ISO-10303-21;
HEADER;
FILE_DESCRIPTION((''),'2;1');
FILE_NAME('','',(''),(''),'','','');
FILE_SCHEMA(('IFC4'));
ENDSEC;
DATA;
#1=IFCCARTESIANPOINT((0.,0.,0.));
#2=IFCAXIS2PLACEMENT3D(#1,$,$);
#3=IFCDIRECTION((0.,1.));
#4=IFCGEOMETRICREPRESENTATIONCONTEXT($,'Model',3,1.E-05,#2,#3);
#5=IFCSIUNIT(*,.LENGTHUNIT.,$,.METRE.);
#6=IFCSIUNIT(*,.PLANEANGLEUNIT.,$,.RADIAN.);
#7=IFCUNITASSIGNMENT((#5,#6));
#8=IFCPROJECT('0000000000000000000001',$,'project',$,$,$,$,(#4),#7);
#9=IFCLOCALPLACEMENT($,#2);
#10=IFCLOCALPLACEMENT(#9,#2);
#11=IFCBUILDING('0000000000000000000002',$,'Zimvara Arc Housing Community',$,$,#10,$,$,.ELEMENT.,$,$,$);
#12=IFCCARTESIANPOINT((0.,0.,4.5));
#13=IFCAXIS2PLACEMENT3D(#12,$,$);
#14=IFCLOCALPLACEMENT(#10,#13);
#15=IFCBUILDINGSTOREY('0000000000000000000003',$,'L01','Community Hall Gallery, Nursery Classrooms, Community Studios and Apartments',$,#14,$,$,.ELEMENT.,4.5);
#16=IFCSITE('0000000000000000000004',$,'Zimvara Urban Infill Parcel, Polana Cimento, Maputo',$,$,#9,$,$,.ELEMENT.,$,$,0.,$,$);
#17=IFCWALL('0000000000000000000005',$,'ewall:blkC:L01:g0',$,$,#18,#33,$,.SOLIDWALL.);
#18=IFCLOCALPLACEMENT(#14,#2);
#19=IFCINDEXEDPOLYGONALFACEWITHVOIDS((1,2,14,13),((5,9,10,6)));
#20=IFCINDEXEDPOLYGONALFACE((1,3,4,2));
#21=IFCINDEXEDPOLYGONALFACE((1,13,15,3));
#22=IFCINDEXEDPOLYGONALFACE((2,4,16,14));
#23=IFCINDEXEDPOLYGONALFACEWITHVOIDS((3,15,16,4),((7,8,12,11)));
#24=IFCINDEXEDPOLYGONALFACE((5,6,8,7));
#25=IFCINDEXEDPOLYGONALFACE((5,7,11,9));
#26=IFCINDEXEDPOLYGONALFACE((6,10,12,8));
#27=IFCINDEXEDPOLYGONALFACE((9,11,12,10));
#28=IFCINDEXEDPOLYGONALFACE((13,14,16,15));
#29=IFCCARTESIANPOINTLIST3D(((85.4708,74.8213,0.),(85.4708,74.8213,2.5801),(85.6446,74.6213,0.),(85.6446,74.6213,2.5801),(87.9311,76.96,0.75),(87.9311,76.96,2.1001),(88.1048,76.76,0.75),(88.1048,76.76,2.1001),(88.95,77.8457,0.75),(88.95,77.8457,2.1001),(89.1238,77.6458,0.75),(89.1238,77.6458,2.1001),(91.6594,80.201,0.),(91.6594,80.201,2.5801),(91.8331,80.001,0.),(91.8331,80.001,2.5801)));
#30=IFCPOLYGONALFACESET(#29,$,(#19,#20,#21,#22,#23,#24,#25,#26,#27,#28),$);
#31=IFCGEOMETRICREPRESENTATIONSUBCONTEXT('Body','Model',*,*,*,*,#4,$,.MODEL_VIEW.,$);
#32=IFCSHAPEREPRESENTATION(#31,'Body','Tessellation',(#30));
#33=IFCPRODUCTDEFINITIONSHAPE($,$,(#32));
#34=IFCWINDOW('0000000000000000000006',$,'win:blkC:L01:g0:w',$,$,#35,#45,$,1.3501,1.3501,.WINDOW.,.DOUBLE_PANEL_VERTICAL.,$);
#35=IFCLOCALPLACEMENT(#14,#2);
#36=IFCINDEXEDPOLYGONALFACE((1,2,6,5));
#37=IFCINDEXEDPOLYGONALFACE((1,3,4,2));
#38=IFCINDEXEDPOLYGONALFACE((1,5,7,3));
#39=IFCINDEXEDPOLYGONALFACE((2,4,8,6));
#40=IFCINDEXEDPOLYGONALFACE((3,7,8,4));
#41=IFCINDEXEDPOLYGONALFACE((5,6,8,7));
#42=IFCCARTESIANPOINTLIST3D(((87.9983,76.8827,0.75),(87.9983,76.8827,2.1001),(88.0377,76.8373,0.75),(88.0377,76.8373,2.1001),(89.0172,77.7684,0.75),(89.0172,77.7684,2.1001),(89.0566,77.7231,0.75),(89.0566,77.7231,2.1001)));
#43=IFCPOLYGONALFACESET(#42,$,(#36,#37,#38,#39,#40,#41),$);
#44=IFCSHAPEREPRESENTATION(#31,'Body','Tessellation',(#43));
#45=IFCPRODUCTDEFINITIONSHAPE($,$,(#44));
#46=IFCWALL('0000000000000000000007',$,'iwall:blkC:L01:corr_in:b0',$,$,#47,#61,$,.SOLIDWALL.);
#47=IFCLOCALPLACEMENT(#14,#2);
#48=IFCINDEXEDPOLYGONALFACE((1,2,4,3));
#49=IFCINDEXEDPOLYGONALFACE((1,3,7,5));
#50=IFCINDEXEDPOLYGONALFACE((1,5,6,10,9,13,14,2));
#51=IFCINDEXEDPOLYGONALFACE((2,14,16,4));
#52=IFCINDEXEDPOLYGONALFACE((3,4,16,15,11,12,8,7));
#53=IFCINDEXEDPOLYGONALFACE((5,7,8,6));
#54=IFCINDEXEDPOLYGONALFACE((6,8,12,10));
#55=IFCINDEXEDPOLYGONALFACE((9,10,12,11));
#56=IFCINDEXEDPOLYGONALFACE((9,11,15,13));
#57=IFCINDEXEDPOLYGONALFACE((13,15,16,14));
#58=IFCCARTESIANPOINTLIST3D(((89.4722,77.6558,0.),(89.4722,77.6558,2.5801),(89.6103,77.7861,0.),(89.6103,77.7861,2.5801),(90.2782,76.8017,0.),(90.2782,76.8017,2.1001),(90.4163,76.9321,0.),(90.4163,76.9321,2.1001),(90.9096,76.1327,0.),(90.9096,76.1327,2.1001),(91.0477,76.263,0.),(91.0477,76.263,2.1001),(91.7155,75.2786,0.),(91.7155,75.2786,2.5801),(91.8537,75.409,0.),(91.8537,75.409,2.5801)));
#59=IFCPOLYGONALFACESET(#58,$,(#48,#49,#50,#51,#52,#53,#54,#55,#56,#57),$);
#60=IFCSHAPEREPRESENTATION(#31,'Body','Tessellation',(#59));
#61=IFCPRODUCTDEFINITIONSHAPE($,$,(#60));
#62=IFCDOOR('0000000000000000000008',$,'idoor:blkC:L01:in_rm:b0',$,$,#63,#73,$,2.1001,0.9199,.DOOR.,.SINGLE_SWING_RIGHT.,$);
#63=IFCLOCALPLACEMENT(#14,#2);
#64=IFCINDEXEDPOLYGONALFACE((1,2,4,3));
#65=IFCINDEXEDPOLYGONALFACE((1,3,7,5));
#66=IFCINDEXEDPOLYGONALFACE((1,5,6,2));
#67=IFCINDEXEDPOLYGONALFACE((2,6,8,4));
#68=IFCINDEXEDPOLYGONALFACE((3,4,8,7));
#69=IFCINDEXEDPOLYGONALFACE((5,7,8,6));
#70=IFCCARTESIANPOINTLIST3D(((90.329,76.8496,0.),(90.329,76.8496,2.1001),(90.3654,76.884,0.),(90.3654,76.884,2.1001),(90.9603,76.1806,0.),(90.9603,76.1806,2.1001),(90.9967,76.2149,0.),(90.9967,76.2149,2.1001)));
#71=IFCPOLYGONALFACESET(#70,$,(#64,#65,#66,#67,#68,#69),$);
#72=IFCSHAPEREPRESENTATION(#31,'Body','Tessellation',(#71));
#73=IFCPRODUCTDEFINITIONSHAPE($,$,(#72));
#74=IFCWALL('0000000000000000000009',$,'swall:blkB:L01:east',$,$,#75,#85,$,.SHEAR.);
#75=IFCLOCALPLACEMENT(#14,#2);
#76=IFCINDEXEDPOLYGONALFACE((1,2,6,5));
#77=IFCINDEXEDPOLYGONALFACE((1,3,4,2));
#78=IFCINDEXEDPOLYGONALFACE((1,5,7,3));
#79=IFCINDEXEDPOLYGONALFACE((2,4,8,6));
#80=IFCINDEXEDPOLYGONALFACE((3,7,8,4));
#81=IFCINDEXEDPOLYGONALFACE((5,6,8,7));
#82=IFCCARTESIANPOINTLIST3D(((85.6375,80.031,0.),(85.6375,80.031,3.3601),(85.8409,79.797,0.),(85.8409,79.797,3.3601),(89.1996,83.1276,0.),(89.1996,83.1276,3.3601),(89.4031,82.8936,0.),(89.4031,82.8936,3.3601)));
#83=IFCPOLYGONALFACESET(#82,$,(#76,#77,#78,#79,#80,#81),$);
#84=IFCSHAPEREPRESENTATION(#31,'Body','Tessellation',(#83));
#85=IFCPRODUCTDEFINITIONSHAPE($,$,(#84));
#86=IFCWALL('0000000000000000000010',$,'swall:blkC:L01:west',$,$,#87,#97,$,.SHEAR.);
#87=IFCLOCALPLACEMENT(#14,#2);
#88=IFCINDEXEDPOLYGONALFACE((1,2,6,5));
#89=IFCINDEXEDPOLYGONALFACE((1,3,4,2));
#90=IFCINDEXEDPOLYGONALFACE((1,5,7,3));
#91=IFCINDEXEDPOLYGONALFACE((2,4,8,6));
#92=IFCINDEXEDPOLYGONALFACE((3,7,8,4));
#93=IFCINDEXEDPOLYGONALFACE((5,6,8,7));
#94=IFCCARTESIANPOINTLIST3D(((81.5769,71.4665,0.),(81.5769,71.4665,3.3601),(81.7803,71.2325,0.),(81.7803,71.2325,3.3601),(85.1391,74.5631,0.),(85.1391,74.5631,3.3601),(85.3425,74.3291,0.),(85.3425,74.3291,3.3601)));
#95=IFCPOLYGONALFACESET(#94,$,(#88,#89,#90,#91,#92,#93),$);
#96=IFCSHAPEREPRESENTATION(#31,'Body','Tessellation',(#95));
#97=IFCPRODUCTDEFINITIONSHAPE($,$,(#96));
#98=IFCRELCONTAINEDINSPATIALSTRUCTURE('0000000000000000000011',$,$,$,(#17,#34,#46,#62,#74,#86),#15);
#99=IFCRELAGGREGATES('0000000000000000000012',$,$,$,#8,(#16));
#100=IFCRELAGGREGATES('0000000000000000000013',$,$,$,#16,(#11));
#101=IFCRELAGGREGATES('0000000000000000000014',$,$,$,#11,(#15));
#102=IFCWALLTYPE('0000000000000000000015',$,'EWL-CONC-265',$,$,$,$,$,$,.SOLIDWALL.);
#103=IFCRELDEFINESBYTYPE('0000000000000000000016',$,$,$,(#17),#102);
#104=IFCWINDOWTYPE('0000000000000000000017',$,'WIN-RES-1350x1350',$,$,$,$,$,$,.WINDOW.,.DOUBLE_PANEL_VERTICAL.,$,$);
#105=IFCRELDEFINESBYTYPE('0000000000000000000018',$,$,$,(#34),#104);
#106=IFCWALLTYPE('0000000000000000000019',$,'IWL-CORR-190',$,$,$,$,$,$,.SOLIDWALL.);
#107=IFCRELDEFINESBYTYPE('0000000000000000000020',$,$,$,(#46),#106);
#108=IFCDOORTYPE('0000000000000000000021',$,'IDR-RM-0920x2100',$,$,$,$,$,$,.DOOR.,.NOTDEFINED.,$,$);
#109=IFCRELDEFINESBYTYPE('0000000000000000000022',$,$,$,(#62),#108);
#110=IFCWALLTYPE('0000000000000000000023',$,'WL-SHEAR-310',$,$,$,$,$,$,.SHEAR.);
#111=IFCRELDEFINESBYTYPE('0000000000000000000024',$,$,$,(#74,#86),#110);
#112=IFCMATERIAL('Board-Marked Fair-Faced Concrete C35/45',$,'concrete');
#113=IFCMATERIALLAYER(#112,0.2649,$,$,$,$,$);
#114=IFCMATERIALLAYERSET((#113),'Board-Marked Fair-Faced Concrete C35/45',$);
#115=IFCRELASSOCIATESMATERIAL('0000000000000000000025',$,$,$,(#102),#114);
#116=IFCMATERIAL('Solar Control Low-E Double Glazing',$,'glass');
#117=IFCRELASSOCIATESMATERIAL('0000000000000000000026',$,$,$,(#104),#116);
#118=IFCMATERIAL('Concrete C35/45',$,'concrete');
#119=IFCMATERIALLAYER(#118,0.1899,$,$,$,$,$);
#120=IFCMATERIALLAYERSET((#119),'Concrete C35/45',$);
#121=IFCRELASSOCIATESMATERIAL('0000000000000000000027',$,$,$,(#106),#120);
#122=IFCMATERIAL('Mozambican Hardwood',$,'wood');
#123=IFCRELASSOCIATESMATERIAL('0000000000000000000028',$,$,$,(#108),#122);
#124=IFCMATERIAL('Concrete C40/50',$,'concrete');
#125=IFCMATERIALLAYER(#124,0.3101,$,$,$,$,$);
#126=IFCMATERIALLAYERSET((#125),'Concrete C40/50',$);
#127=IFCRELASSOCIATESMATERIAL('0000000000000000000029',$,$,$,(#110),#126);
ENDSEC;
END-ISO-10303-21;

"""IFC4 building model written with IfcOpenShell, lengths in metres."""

from ifc_helpers import new_model, si_unit, direction, frame, frame_2d, origin, place, context, subcontext, project, spatial, rectangle, extrude, material, layer, layer_set, type_object, element, fill, save


model = new_model("IFC4")

# Units and contexts
model_context = context("Model", 3, precision=1e-05, world=origin(), true_north=direction((0.0, 1.0)))
body_context = subcontext(model_context, "Body", "Model", "MODEL_VIEW")
ifc_project = project(units=[si_unit("LENGTHUNIT", "METRE"), si_unit("PLANEANGLEUNIT", "RADIAN")], contexts=[model_context])

# Site, building, storey
site_placement = place(None, origin())
site = spatial("IfcSite", under=ifc_project, at=site_placement, Name="Zimvara Urban Infill Parcel, Polana Cimento, Maputo", CompositionType="ELEMENT", RefElevation=0.0)
building_placement = place(site_placement, origin())
building = spatial("IfcBuilding", under=site, at=building_placement, Name="Zimvara Arc Housing Community", CompositionType="ELEMENT")
storey_placement = place(building_placement, frame((0.0, 0.0, 4.5)))
storey = spatial("IfcBuildingStorey", under=building, at=storey_placement, Name="L01", Description="Community Hall Gallery, Nursery Classrooms, Community Studios and Apartments", CompositionType="ELEMENT", Elevation=4.5)

# Wall, opening, window
ifc_material_1 = material(Name="Board-Marked Fair-Faced Concrete C35/45", Category="concrete")
ifc_layer_1 = layer(ifc_material_1, 0.2649)
ifc_layer_set_1 = layer_set([ifc_layer_1], Name="Board-Marked Fair-Faced Concrete C35/45")
wall_type_1 = type_object("IfcWallType", Name="EWL-CONC-265", PredefinedType="SOLIDWALL", material=ifc_layer_set_1)
wall_1_placement = place(storey_placement, frame((91.7463, 80.1011, 0.0), z_axis=(0.0, 0.0, 1.0), x_axis=(-0.754705, -0.656064, 0.0)))
wall_1 = element("IfcWall", 1, at=wall_1_placement, inside=storey, type_object=wall_type_1, Name="ewall:blkC:L01:g0", PredefinedType="SOLIDWALL", context=body_context, shape_type="SweptSolid", body=[
    extrude(rectangle(XDim=8.2, YDim=0.2649, at=frame_2d((4.1001, 0.0))), origin(), (0.0, 0.0, 1.0), 2.5801),
])
opening_1_placement = place(wall_1_placement, frame((3.5901, 0.0, 0.75)))
opening_1 = element("IfcOpeningElement", 2, at=opening_1_placement, cuts=wall_1, PredefinedType="OPENING", context=body_context, shape_type="SweptSolid", body=[
    extrude(rectangle(XDim=1.3501, YDim=1.3501, at=frame_2d((0.675, 0.675))), frame((0.0, 0.1423, 0.0), z_axis=(0.0, -1.0, 0.0), x_axis=(1.0, 0.0, 0.0)), (0.0, 0.0, 1.0), 0.2849),
])
ifc_material_2 = material(Name="Solar Control Low-E Double Glazing", Category="glass")
window_type = type_object("IfcWindowType", Name="WIN-RES-1350x1350", PartitioningType="DOUBLE_PANEL_VERTICAL", PredefinedType="WINDOW", material=ifc_material_2)
window_placement = place(opening_1_placement, origin())
window = element("IfcWindow", 3, at=window_placement, inside=storey, type_object=window_type, Name="win:blkC:L01:g0:w", OverallHeight=1.3501, OverallWidth=1.3501, PartitioningType="DOUBLE_PANEL_VERTICAL", PredefinedType="WINDOW", context=body_context, shape_type="SweptSolid", body=[
    extrude(rectangle(XDim=1.3501, YDim=1.3501, at=frame_2d((0.675, 0.675))), frame((0.0, 0.03, 0.0), z_axis=(0.0, -1.0, 0.0), x_axis=(1.0, 0.0, 0.0)), (0.0, 0.0, 1.0), 0.0601),
])
fill(opening_1, window)

# Wall, opening, door
ifc_material_3 = material(Name="Concrete C35/45", Category="concrete")
ifc_layer_2 = layer(ifc_material_3, 0.1899)
ifc_layer_set_2 = layer_set([ifc_layer_2], Name="Concrete C35/45")
wall_type_2 = type_object("IfcWallType", Name="IWL-CORR-190", PredefinedType="SOLIDWALL", material=ifc_layer_set_2)
wall_2_placement = place(storey_placement, frame((89.5413, 77.7209, 0.0), z_axis=(0.0, 0.0, 1.0), x_axis=(0.686345, -0.727276, 0.0)))
wall_2 = element("IfcWall", 4, at=wall_2_placement, inside=storey, type_object=wall_type_2, Name="iwall:blkC:L01:corr_in:b0", PredefinedType="SOLIDWALL", context=body_context, shape_type="SweptSolid", body=[
    extrude(rectangle(XDim=3.2686, YDim=0.1899, at=frame_2d((1.6343, 0.0))), origin(), (0.0, 0.0, 1.0), 2.5801),
])
opening_2_placement = place(wall_2_placement, frame((1.1743, 0.0, 0.0)))
opening_2 = element("IfcOpeningElement", 5, at=opening_2_placement, cuts=wall_2, PredefinedType="OPENING", context=body_context, shape_type="SweptSolid", body=[
    extrude(rectangle(XDim=0.9199, YDim=2.1001, at=frame_2d((0.46, 1.05))), frame((0.0, 0.105, 0.0), z_axis=(0.0, -1.0, 0.0), x_axis=(1.0, 0.0, 0.0)), (0.0, 0.0, 1.0), 0.21),
])
ifc_material_4 = material(Name="Mozambican Hardwood", Category="wood")
door_type_1 = type_object("IfcDoorType", Name="IDR-RM-0920x2100", OperationType="NOTDEFINED", PredefinedType="DOOR", material=ifc_material_4)
door_1_placement = place(opening_2_placement, origin())
door_1 = element("IfcDoor", 6, at=door_1_placement, inside=storey, type_object=door_type_1, Name="idoor:blkC:L01:in_rm:b0", OperationType="SINGLE_SWING_RIGHT", OverallHeight=2.1001, OverallWidth=0.9199, PredefinedType="DOOR", context=body_context, shape_type="SweptSolid", body=[
    extrude(rectangle(XDim=0.9199, YDim=2.1001, at=frame_2d((0.46, 1.05))), frame((0.0, 0.0249, 0.0), z_axis=(0.0, -1.0, 0.0), x_axis=(1.0, 0.0, 0.0)), (0.0, 0.0, 1.0), 0.05),
])
fill(opening_2, door_1)

# Walls
ifc_material_5 = material(Name="Concrete C40/50", Category="concrete")
ifc_layer_3 = layer(ifc_material_5, 0.3101)
ifc_layer_set_3 = layer_set([ifc_layer_3], Name="Concrete C40/50")
wall_type_3 = type_object("IfcWallType", Name="WL-SHEAR-310", PredefinedType="SHEAR", material=ifc_layer_set_3)
for number, where, z_axis, x_axis, name in (
    (7, (85.7393, 79.9141, 0.0), (0.0, 0.0, 1.0), (0.754704, 0.656066, 0.0), "swall:blkB:L01:east"),
    (8, (85.2407, 74.446, 0.0), (0.0, 0.0, 1.0), (-0.754704, -0.656066, 0.0), "swall:blkC:L01:west"),
):
    element("IfcWall", number, at=place(storey_placement, frame(where, z_axis=z_axis, x_axis=x_axis)), inside=storey, type_object=wall_type_3, Name=name, PredefinedType="SHEAR", context=body_context, shape_type="SweptSolid", body=[
        extrude(rectangle(XDim=4.72, YDim=0.3101, at=frame_2d((2.3599, 0.0))), origin(), (0.0, 0.0, 1.0), 3.3601),
    ])

save(model, "model.ifc")
